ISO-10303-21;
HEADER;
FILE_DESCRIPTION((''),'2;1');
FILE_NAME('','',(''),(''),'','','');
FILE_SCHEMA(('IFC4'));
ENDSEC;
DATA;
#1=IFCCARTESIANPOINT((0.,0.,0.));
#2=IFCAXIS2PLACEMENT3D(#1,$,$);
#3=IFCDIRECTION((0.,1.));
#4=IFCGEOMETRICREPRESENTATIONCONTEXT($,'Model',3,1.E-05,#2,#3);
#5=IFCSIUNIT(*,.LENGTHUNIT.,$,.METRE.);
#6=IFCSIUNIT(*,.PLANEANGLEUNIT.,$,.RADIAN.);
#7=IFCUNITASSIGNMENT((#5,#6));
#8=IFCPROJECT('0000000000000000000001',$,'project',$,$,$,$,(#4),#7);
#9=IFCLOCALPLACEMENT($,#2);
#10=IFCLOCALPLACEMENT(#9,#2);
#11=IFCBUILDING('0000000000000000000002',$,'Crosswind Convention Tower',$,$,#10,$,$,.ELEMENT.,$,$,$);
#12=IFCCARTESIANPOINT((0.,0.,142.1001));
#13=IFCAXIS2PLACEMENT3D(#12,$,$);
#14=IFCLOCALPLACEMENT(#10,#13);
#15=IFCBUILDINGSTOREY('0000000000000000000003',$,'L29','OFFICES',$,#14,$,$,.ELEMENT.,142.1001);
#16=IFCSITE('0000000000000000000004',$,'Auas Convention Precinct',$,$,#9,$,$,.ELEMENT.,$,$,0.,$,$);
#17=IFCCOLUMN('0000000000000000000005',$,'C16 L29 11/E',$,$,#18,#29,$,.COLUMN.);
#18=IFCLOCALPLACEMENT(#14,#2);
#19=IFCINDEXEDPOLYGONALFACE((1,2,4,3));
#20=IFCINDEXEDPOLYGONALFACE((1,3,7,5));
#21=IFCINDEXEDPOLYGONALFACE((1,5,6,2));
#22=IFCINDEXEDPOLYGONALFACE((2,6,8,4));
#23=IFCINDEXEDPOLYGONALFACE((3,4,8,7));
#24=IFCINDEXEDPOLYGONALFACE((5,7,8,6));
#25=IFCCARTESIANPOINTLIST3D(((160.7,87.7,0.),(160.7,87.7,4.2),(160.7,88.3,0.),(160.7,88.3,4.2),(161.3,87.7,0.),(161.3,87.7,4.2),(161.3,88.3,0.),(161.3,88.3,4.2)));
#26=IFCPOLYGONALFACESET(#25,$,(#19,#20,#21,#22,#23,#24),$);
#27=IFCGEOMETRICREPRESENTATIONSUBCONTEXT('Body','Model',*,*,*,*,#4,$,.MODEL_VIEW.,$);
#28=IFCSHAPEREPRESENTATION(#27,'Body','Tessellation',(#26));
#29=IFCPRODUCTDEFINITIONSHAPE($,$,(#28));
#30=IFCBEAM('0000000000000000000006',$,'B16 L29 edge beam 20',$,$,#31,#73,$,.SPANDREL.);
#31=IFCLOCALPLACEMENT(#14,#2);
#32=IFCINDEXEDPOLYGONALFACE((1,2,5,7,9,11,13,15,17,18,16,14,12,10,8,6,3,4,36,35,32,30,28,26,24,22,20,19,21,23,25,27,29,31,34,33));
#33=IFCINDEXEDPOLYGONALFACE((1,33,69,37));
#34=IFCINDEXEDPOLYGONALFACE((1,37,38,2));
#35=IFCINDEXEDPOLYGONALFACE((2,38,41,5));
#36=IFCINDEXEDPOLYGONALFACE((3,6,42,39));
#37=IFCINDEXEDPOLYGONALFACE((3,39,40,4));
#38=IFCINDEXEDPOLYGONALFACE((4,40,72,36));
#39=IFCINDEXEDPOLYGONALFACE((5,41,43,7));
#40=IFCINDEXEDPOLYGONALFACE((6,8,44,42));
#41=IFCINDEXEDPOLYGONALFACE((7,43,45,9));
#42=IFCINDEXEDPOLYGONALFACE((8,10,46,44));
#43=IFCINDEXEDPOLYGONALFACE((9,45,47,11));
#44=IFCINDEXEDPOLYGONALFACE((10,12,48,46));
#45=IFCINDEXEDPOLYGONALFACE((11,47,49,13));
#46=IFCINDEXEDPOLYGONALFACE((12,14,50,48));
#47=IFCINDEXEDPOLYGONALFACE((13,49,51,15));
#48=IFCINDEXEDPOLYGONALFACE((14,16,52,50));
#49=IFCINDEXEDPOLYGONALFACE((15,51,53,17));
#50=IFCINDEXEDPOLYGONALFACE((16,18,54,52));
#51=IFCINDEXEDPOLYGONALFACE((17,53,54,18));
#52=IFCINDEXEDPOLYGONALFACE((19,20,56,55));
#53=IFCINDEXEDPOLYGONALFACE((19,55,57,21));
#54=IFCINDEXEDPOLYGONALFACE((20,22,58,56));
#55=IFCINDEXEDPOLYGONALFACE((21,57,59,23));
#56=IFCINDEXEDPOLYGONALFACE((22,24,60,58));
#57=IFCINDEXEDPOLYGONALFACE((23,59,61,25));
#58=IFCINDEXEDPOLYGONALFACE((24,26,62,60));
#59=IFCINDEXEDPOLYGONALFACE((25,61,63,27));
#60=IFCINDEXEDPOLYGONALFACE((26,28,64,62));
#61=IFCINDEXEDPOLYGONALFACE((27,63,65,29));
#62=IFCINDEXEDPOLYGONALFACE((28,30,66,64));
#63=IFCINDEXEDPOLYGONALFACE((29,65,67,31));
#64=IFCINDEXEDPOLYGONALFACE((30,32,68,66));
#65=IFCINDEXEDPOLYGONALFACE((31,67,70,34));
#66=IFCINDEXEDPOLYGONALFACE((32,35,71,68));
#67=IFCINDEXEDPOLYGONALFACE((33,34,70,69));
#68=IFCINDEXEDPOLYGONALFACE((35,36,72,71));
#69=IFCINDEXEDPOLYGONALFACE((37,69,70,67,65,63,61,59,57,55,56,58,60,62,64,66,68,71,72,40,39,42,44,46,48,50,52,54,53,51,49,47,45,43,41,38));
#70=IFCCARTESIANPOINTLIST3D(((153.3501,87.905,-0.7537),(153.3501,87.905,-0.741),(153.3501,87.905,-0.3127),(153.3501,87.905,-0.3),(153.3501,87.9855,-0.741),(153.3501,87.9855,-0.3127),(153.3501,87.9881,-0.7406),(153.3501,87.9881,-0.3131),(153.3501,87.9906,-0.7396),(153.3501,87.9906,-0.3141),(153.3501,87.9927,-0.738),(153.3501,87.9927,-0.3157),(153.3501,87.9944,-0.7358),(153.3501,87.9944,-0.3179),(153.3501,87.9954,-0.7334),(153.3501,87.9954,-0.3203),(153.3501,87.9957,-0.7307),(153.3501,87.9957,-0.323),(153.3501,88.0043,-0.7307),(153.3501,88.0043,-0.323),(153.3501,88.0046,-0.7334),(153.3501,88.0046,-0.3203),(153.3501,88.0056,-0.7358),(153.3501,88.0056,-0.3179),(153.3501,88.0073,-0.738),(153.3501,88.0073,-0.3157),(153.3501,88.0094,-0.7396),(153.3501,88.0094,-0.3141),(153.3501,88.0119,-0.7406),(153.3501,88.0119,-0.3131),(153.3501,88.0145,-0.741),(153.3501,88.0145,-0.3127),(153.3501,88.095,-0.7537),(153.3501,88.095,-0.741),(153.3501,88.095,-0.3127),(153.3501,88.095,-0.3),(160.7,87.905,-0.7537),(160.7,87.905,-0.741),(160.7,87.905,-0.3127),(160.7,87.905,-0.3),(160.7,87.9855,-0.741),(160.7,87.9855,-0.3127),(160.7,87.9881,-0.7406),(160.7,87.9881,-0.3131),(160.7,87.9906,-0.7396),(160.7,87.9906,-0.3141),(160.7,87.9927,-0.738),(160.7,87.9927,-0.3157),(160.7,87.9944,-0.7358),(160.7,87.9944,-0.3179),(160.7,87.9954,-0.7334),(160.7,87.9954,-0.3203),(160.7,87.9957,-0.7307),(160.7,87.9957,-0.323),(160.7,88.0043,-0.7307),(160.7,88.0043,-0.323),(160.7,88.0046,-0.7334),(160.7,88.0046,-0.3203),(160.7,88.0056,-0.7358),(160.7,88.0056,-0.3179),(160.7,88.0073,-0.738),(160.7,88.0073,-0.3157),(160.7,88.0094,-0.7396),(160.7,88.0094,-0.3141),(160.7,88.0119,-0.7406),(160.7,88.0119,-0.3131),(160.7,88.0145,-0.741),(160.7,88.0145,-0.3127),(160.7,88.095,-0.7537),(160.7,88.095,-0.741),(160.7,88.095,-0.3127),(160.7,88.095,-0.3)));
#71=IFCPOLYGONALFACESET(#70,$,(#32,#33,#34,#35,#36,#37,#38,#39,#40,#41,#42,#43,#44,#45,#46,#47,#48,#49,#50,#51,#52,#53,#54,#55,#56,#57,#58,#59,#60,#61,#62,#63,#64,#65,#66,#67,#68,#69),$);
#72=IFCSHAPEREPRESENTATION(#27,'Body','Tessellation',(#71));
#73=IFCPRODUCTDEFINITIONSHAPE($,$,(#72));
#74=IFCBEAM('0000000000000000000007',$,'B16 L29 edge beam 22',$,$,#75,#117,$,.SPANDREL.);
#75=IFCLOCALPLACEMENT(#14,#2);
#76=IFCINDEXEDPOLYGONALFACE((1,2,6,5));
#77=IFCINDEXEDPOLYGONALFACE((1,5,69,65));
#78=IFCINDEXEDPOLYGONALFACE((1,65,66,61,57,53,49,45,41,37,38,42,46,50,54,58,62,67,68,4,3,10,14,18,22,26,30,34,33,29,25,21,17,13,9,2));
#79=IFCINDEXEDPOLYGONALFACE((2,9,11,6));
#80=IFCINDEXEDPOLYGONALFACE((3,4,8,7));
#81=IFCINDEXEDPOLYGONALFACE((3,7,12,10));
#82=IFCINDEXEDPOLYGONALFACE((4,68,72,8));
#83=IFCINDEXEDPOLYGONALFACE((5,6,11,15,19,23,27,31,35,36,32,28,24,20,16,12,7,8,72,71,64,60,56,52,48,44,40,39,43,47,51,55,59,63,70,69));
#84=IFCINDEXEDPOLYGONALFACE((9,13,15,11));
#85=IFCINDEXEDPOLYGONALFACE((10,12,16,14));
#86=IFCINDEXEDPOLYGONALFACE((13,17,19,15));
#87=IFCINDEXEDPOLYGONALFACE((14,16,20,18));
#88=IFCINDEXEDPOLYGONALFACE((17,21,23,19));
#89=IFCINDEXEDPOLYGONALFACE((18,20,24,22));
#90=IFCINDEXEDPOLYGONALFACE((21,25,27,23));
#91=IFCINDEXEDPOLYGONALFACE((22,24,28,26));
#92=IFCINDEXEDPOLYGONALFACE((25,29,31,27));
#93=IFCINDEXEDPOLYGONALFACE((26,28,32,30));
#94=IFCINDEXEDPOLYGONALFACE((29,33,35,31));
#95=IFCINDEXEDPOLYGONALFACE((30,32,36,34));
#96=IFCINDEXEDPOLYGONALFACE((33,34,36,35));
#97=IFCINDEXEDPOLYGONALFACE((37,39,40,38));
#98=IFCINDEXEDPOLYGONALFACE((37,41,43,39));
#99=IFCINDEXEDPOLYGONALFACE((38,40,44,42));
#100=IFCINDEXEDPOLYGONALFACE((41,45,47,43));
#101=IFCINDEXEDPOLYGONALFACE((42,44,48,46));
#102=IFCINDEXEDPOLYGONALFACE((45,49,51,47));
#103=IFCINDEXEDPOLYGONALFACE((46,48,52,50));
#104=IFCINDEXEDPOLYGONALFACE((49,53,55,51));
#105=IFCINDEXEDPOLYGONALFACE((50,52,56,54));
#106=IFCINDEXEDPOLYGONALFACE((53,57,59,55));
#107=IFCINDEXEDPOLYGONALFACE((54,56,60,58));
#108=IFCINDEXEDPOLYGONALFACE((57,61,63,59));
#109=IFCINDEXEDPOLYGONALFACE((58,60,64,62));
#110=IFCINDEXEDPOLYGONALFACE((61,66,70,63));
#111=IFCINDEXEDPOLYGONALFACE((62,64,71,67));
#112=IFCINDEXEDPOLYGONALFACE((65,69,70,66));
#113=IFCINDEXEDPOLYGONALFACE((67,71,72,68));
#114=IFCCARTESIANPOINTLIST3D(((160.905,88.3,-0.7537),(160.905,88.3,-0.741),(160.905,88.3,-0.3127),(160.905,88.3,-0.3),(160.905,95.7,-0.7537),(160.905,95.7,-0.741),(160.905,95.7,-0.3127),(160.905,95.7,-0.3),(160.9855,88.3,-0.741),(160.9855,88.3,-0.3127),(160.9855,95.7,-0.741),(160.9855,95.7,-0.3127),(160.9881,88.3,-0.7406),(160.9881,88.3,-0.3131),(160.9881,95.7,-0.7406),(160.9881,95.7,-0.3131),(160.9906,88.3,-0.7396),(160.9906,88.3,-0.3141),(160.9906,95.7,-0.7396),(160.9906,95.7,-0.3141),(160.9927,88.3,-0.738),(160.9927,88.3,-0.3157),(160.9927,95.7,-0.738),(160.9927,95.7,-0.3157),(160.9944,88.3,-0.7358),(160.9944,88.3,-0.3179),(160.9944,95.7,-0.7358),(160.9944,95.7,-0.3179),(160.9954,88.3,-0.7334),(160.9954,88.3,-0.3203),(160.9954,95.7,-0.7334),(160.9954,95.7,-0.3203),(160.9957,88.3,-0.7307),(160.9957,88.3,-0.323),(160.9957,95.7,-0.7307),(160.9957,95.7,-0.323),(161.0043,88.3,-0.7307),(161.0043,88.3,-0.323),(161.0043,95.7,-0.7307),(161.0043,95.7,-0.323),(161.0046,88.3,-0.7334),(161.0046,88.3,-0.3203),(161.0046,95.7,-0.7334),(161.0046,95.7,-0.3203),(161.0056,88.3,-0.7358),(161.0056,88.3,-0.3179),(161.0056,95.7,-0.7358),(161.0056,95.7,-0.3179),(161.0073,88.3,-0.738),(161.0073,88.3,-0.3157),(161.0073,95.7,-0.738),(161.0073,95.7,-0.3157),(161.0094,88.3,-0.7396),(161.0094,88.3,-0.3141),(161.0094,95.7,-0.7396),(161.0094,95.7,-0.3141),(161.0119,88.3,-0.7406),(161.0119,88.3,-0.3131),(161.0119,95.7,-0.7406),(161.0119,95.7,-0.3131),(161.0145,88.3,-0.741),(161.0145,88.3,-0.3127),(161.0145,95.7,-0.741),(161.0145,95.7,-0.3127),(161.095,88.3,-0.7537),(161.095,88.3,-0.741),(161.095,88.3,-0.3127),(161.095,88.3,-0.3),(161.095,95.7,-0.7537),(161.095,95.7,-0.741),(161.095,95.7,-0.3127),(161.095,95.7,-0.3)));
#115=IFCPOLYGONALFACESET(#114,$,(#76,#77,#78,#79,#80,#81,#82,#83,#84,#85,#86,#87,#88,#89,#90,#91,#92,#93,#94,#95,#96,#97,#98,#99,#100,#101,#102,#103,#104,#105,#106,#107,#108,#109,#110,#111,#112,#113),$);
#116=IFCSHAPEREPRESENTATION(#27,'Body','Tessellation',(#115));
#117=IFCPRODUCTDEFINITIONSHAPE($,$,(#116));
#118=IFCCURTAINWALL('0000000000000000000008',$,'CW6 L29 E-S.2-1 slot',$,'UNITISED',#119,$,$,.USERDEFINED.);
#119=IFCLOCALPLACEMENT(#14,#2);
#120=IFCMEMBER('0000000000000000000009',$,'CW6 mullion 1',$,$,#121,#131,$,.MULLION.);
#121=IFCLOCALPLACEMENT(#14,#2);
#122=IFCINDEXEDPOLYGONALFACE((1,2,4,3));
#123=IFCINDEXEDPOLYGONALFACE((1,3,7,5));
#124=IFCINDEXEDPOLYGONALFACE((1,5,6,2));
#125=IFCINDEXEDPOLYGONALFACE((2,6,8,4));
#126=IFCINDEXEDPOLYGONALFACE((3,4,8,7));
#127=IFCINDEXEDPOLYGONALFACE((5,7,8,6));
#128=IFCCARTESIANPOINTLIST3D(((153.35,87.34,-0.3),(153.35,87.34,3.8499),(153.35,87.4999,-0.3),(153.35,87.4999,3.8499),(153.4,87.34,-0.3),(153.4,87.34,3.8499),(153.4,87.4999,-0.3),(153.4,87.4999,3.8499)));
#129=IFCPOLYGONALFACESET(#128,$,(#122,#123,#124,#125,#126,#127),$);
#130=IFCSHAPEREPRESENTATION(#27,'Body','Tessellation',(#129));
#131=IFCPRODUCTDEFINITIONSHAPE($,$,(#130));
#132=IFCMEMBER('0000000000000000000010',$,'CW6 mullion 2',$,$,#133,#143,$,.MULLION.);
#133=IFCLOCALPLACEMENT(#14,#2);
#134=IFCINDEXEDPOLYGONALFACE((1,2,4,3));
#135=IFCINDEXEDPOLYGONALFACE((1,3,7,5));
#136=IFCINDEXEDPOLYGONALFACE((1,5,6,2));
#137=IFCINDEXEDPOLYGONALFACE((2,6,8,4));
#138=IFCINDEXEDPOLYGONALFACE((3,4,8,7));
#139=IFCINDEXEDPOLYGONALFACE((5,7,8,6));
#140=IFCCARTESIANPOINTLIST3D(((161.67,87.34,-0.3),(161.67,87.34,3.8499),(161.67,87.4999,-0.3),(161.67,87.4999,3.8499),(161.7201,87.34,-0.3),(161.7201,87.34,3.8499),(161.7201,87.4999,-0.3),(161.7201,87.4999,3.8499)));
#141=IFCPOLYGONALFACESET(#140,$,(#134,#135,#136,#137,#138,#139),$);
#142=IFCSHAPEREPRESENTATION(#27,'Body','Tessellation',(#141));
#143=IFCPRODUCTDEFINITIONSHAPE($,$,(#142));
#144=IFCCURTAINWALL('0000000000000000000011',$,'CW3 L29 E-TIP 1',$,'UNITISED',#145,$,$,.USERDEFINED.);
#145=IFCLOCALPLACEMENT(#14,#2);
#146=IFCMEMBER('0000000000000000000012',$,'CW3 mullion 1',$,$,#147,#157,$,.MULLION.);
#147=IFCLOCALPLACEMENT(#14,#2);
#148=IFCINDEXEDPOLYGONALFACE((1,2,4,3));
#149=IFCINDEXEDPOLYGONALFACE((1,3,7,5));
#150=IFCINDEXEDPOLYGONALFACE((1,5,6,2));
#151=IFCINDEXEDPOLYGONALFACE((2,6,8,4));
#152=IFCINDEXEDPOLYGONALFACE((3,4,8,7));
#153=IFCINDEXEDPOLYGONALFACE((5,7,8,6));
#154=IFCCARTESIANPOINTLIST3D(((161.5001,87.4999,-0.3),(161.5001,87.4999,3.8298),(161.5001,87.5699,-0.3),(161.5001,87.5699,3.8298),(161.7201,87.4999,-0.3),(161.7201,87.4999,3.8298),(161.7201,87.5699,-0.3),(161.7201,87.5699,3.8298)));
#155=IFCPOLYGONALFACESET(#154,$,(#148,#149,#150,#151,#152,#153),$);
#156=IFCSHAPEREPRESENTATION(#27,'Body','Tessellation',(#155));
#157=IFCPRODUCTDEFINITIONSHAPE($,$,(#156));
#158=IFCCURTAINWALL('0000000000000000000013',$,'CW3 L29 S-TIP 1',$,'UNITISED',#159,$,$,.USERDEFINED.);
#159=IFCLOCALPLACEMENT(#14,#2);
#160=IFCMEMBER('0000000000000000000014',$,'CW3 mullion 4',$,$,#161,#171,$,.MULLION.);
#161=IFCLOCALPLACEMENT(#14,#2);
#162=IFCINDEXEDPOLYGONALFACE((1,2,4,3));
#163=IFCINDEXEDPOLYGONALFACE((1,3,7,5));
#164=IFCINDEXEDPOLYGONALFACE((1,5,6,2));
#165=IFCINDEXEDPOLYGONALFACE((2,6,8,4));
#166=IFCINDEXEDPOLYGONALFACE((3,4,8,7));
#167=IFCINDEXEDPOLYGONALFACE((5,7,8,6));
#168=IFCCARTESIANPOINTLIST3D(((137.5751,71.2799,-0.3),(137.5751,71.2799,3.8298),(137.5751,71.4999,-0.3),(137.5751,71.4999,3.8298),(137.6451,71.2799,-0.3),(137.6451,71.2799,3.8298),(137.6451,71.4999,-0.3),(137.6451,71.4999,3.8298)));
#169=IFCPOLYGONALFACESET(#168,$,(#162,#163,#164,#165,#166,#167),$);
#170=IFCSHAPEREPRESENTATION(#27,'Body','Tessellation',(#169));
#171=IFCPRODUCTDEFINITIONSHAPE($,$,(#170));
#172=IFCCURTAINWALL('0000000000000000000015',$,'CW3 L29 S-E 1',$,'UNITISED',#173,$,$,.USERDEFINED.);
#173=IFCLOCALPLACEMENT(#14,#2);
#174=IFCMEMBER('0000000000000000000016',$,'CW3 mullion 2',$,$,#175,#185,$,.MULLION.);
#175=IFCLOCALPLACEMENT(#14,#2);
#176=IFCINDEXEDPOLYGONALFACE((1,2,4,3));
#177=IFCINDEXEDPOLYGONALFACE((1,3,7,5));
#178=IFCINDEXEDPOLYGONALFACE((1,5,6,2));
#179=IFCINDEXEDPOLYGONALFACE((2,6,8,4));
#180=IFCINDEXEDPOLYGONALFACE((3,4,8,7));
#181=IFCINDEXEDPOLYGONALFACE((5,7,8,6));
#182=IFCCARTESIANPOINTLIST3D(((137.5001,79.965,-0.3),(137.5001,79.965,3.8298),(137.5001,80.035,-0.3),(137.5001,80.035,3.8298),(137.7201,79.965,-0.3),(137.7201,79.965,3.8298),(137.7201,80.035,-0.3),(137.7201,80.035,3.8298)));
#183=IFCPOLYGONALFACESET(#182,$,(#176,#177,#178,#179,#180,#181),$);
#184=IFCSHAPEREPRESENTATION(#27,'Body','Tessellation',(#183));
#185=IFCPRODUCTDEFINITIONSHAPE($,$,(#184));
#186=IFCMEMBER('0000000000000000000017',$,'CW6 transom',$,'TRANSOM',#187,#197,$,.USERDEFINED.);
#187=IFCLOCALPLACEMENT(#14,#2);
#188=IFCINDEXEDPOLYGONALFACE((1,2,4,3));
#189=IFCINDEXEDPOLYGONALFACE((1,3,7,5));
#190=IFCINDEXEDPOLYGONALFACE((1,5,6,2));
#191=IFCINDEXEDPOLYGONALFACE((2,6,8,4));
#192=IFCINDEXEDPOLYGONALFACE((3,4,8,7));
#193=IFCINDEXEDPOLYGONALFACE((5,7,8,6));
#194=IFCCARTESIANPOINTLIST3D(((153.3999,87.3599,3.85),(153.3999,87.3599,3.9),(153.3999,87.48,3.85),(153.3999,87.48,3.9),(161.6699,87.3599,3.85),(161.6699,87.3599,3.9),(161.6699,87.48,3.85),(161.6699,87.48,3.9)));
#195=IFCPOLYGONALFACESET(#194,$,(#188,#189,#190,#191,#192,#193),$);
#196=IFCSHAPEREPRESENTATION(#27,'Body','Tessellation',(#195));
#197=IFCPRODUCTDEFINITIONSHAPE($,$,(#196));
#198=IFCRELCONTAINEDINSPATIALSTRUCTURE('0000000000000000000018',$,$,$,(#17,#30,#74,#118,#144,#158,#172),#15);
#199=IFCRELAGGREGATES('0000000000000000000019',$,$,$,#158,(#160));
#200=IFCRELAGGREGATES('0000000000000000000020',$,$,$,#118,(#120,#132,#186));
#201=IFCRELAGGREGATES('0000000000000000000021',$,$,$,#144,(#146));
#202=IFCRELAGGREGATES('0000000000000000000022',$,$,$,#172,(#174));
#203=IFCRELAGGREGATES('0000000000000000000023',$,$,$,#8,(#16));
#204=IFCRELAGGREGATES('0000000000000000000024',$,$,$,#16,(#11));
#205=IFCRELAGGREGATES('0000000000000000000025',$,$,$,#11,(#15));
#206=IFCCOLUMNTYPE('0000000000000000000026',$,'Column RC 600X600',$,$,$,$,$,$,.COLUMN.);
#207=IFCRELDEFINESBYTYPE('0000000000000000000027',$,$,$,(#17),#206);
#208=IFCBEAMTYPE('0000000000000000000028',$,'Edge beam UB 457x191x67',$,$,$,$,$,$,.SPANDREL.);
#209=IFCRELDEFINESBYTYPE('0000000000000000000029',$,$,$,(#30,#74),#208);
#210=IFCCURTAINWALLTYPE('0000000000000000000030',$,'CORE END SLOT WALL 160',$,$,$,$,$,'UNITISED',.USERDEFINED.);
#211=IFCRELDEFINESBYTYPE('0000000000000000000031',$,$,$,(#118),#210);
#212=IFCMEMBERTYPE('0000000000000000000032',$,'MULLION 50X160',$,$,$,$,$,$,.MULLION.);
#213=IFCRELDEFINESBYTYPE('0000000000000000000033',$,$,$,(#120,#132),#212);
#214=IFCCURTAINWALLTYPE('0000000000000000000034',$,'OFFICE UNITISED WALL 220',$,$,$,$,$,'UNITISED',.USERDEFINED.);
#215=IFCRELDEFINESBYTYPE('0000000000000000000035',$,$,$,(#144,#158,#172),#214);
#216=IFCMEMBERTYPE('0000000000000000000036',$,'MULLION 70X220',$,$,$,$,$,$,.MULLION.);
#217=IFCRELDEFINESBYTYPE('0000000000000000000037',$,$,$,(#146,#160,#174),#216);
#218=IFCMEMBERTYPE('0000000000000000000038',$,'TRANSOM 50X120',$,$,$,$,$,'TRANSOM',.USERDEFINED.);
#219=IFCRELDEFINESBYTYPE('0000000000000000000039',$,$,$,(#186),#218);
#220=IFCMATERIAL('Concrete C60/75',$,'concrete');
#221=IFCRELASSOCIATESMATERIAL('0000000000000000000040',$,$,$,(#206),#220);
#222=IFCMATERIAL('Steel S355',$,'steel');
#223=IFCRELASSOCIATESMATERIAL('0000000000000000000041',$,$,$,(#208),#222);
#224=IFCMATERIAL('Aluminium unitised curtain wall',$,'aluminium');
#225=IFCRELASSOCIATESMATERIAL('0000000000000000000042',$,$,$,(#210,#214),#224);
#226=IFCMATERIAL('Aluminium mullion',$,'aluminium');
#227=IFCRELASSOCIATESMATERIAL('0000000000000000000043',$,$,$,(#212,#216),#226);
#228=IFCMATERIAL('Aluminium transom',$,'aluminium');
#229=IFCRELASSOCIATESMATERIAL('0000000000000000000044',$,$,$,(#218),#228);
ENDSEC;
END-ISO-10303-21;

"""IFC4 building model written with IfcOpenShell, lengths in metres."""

from ifc_helpers import new_model, si_unit, direction, frame, origin, origin_2d, place, context, subcontext, project, spatial, rectangle, i_section, extrude, material, material_profile, profile_set, type_object, element, aggregate, save


model = new_model("IFC4")

# Units and contexts
model_context = context("Model", 3, precision=1e-05, world=origin(), true_north=direction((0.0, 1.0)))
body_context = subcontext(model_context, "Body", "Model", "MODEL_VIEW")
ifc_project = project(units=[si_unit("LENGTHUNIT", "METRE"), si_unit("PLANEANGLEUNIT", "RADIAN")], contexts=[model_context])

# Site, building, storey
site_placement = place(None, origin())
site = spatial("IfcSite", under=ifc_project, at=site_placement, Name="Auas Convention Precinct", CompositionType="ELEMENT", RefElevation=0.0)
building_placement = place(site_placement, origin())
building = spatial("IfcBuilding", under=site, at=building_placement, Name="Crosswind Convention Tower", CompositionType="ELEMENT")
storey_placement = place(building_placement, frame((0.0, 0.0, 142.1001)))
storey = spatial("IfcBuildingStorey", under=building, at=storey_placement, Name="L29", Description="OFFICES", CompositionType="ELEMENT", Elevation=142.1001)

# Column
ifc_material_1 = material(Name="Concrete C60/75", Category="concrete")
ifc_material_profile_1 = material_profile(ifc_material_1, rectangle(XDim=0.6001, YDim=0.6001, at=origin_2d()), Name="RC 600X600")
ifc_profile_set_1 = profile_set([ifc_material_profile_1], Name="Concrete C60/75")
column_type = type_object("IfcColumnType", Name="Column RC 600X600", PredefinedType="COLUMN", material=ifc_profile_set_1)
column_placement = place(storey_placement, frame((161.0, 88.0, 0.0), z_axis=(0.0, 0.0, 1.0), x_axis=(1.0, 0.0, 0.0)))
element("IfcColumn", 1, at=column_placement, inside=storey, type_object=column_type, Name="C16 L29 11/E", PredefinedType="COLUMN", context=body_context, shape_type="SweptSolid", body=[
    extrude(rectangle(XDim=0.6001, YDim=0.6001, at=origin_2d()), origin(), (0.0, 0.0, 1.0), 4.2),
])

# Beams
ifc_material_2 = material(Name="Steel S355", Category="steel")
ifc_material_profile_2 = material_profile(ifc_material_2, i_section(OverallWidth=0.1899, OverallDepth=0.4536, WebThickness=0.0085, FlangeThickness=0.0127, FilletRadius=0.0103, at=origin_2d()), Name="UB 457x191x67")
ifc_profile_set_2 = profile_set([ifc_material_profile_2], Name="Steel S355")
beam_type = type_object("IfcBeamType", Name="Edge beam UB 457x191x67", PredefinedType="SPANDREL", material=ifc_profile_set_2)
beam_1_placement = place(storey_placement, frame((153.3501, 88.0, -0.5269), z_axis=(1.0, 0.0, 0.0), x_axis=(0.0, 1.0, 0.0)))
element("IfcBeam", 2, at=beam_1_placement, inside=storey, type_object=beam_type, Name="B16 L29 edge beam 20", PredefinedType="SPANDREL", context=body_context, shape_type="SweptSolid", body=[
    extrude(i_section(OverallWidth=0.1899, OverallDepth=0.4536, WebThickness=0.0085, FlangeThickness=0.0127, FilletRadius=0.0103, at=origin_2d()), origin(), (0.0, 0.0, 1.0), 7.3499),
])
beam_2_placement = place(storey_placement, frame((161.0, 88.3, -0.5269), z_axis=(0.0, 1.0, 0.0), x_axis=(-1.0, 0.0, 0.0)))
element("IfcBeam", 3, at=beam_2_placement, inside=storey, type_object=beam_type, Name="B16 L29 edge beam 22", PredefinedType="SPANDREL", context=body_context, shape_type="SweptSolid", body=[
    extrude(i_section(OverallWidth=0.1899, OverallDepth=0.4536, WebThickness=0.0085, FlangeThickness=0.0127, FilletRadius=0.0103, at=origin_2d()), origin(), (0.0, 0.0, 1.0), 7.3999),
])

# Curtain wall, members
ifc_material_3 = material(Name="Aluminium unitised curtain wall", Category="aluminium")
curtain_wall_type_1 = type_object("IfcCurtainWallType", Name="CORE END SLOT WALL 160", ElementType="UNITISED", PredefinedType="USERDEFINED", material=ifc_material_3)
curtain_wall_1_placement = place(storey_placement, origin())
curtain_wall_1 = element("IfcCurtainWall", 4, at=curtain_wall_1_placement, inside=storey, type_object=curtain_wall_type_1, Name="CW6 L29 E-S.2-1 slot", ObjectType="UNITISED", PredefinedType="USERDEFINED")
ifc_material_4 = material(Name="Aluminium mullion", Category="aluminium")
ifc_material_profile_3 = material_profile(ifc_material_4, rectangle(XDim=0.1599, YDim=0.05, at=origin_2d()), Name="AL 160X50")
ifc_profile_set_3 = profile_set([ifc_material_profile_3], Name="Aluminium mullion")
member_type_1 = type_object("IfcMemberType", Name="MULLION 50X160", PredefinedType="MULLION", material=ifc_profile_set_3)
member_1_placement = place(storey_placement, frame((153.375, 87.4199, -0.3), z_axis=(0.0, 0.0, 1.0), x_axis=(0.0, -1.0, 0.0)))
member_1 = element("IfcMember", 5, at=member_1_placement, type_object=member_type_1, Name="CW6 mullion 1", PredefinedType="MULLION", context=body_context, shape_type="SweptSolid", body=[
    extrude(rectangle(XDim=0.1599, YDim=0.05, at=origin_2d()), origin(), (0.0, 0.0, 1.0), 4.1499),
])
member_2_placement = place(storey_placement, frame((161.6951, 87.4199, -0.3), z_axis=(0.0, 0.0, 1.0), x_axis=(0.0, -1.0, 0.0)))
member_2 = element("IfcMember", 6, at=member_2_placement, type_object=member_type_1, Name="CW6 mullion 2", PredefinedType="MULLION", context=body_context, shape_type="SweptSolid", body=[
    extrude(rectangle(XDim=0.1599, YDim=0.05, at=origin_2d()), origin(), (0.0, 0.0, 1.0), 4.1499),
])

# Curtain walls, members
curtain_wall_type_2 = type_object("IfcCurtainWallType", Name="OFFICE UNITISED WALL 220", ElementType="UNITISED", PredefinedType="USERDEFINED", material=ifc_material_3)
curtain_wall_2_placement = place(storey_placement, origin())
curtain_wall_2 = element("IfcCurtainWall", 7, at=curtain_wall_2_placement, inside=storey, type_object=curtain_wall_type_2, Name="CW3 L29 E-TIP 1", ObjectType="UNITISED", PredefinedType="USERDEFINED")
ifc_material_profile_4 = material_profile(ifc_material_4, rectangle(XDim=0.22, YDim=0.0701, at=origin_2d()), Name="AL 220X70")
ifc_profile_set_4 = profile_set([ifc_material_profile_4], Name="Aluminium mullion")
member_type_2 = type_object("IfcMemberType", Name="MULLION 70X220", PredefinedType="MULLION", material=ifc_profile_set_4)
member_3_placement = place(storey_placement, frame((161.6101, 87.5349, -0.3), z_axis=(0.0, 0.0, 1.0), x_axis=(1.0, 0.0, 0.0)))
member_3 = element("IfcMember", 8, at=member_3_placement, type_object=member_type_2, Name="CW3 mullion 1", PredefinedType="MULLION", context=body_context, shape_type="SweptSolid", body=[
    extrude(rectangle(XDim=0.22, YDim=0.0701, at=origin_2d()), origin(), (0.0, 0.0, 1.0), 4.1299),
])
curtain_wall_3_placement = place(storey_placement, origin())
curtain_wall_3 = element("IfcCurtainWall", 9, at=curtain_wall_3_placement, inside=storey, type_object=curtain_wall_type_2, Name="CW3 L29 S-TIP 1", ObjectType="UNITISED", PredefinedType="USERDEFINED")
member_4_placement = place(storey_placement, frame((137.6101, 71.3899, -0.3), z_axis=(0.0, 0.0, 1.0), x_axis=(0.0, -1.0, 0.0)))
member_4 = element("IfcMember", 10, at=member_4_placement, type_object=member_type_2, Name="CW3 mullion 4", PredefinedType="MULLION", context=body_context, shape_type="SweptSolid", body=[
    extrude(rectangle(XDim=0.22, YDim=0.0701, at=origin_2d()), origin(), (0.0, 0.0, 1.0), 4.1299),
])
aggregate(curtain_wall_3, [member_4])
curtain_wall_4_placement = place(storey_placement, origin())
curtain_wall_4 = element("IfcCurtainWall", 11, at=curtain_wall_4_placement, inside=storey, type_object=curtain_wall_type_2, Name="CW3 L29 S-E 1", ObjectType="UNITISED", PredefinedType="USERDEFINED")
member_5_placement = place(storey_placement, frame((137.6101, 80.0, -0.3), z_axis=(0.0, 0.0, 1.0), x_axis=(1.0, 0.0, 0.0)))
member_5 = element("IfcMember", 12, at=member_5_placement, type_object=member_type_2, Name="CW3 mullion 2", PredefinedType="MULLION", context=body_context, shape_type="SweptSolid", body=[
    extrude(rectangle(XDim=0.22, YDim=0.0701, at=origin_2d()), origin(), (0.0, 0.0, 1.0), 4.1299),
])

# Member
ifc_material_5 = material(Name="Aluminium transom", Category="aluminium")
ifc_material_profile_5 = material_profile(ifc_material_5, rectangle(XDim=0.1201, YDim=0.05, at=origin_2d()), Name="AL 120X50")
ifc_profile_set_5 = profile_set([ifc_material_profile_5], Name="Aluminium transom")
member_type_3 = type_object("IfcMemberType", Name="TRANSOM 50X120", ElementType="TRANSOM", PredefinedType="USERDEFINED", material=ifc_profile_set_5)
member_6_placement = place(storey_placement, frame((153.3999, 87.4199, 3.875), z_axis=(1.0, 0.0, 0.0), x_axis=(0.0, 1.0, 0.0)))
member_6 = element("IfcMember", 13, at=member_6_placement, type_object=member_type_3, Name="CW6 transom", ObjectType="TRANSOM", PredefinedType="USERDEFINED", context=body_context, shape_type="SweptSolid", body=[
    extrude(rectangle(XDim=0.1201, YDim=0.05, at=origin_2d()), origin(), (0.0, 0.0, 1.0), 8.27),
])

aggregate(curtain_wall_1, [member_1, member_2, member_6])

aggregate(curtain_wall_2, [member_3])
aggregate(curtain_wall_4, [member_5])

save(model, "model.ifc")
